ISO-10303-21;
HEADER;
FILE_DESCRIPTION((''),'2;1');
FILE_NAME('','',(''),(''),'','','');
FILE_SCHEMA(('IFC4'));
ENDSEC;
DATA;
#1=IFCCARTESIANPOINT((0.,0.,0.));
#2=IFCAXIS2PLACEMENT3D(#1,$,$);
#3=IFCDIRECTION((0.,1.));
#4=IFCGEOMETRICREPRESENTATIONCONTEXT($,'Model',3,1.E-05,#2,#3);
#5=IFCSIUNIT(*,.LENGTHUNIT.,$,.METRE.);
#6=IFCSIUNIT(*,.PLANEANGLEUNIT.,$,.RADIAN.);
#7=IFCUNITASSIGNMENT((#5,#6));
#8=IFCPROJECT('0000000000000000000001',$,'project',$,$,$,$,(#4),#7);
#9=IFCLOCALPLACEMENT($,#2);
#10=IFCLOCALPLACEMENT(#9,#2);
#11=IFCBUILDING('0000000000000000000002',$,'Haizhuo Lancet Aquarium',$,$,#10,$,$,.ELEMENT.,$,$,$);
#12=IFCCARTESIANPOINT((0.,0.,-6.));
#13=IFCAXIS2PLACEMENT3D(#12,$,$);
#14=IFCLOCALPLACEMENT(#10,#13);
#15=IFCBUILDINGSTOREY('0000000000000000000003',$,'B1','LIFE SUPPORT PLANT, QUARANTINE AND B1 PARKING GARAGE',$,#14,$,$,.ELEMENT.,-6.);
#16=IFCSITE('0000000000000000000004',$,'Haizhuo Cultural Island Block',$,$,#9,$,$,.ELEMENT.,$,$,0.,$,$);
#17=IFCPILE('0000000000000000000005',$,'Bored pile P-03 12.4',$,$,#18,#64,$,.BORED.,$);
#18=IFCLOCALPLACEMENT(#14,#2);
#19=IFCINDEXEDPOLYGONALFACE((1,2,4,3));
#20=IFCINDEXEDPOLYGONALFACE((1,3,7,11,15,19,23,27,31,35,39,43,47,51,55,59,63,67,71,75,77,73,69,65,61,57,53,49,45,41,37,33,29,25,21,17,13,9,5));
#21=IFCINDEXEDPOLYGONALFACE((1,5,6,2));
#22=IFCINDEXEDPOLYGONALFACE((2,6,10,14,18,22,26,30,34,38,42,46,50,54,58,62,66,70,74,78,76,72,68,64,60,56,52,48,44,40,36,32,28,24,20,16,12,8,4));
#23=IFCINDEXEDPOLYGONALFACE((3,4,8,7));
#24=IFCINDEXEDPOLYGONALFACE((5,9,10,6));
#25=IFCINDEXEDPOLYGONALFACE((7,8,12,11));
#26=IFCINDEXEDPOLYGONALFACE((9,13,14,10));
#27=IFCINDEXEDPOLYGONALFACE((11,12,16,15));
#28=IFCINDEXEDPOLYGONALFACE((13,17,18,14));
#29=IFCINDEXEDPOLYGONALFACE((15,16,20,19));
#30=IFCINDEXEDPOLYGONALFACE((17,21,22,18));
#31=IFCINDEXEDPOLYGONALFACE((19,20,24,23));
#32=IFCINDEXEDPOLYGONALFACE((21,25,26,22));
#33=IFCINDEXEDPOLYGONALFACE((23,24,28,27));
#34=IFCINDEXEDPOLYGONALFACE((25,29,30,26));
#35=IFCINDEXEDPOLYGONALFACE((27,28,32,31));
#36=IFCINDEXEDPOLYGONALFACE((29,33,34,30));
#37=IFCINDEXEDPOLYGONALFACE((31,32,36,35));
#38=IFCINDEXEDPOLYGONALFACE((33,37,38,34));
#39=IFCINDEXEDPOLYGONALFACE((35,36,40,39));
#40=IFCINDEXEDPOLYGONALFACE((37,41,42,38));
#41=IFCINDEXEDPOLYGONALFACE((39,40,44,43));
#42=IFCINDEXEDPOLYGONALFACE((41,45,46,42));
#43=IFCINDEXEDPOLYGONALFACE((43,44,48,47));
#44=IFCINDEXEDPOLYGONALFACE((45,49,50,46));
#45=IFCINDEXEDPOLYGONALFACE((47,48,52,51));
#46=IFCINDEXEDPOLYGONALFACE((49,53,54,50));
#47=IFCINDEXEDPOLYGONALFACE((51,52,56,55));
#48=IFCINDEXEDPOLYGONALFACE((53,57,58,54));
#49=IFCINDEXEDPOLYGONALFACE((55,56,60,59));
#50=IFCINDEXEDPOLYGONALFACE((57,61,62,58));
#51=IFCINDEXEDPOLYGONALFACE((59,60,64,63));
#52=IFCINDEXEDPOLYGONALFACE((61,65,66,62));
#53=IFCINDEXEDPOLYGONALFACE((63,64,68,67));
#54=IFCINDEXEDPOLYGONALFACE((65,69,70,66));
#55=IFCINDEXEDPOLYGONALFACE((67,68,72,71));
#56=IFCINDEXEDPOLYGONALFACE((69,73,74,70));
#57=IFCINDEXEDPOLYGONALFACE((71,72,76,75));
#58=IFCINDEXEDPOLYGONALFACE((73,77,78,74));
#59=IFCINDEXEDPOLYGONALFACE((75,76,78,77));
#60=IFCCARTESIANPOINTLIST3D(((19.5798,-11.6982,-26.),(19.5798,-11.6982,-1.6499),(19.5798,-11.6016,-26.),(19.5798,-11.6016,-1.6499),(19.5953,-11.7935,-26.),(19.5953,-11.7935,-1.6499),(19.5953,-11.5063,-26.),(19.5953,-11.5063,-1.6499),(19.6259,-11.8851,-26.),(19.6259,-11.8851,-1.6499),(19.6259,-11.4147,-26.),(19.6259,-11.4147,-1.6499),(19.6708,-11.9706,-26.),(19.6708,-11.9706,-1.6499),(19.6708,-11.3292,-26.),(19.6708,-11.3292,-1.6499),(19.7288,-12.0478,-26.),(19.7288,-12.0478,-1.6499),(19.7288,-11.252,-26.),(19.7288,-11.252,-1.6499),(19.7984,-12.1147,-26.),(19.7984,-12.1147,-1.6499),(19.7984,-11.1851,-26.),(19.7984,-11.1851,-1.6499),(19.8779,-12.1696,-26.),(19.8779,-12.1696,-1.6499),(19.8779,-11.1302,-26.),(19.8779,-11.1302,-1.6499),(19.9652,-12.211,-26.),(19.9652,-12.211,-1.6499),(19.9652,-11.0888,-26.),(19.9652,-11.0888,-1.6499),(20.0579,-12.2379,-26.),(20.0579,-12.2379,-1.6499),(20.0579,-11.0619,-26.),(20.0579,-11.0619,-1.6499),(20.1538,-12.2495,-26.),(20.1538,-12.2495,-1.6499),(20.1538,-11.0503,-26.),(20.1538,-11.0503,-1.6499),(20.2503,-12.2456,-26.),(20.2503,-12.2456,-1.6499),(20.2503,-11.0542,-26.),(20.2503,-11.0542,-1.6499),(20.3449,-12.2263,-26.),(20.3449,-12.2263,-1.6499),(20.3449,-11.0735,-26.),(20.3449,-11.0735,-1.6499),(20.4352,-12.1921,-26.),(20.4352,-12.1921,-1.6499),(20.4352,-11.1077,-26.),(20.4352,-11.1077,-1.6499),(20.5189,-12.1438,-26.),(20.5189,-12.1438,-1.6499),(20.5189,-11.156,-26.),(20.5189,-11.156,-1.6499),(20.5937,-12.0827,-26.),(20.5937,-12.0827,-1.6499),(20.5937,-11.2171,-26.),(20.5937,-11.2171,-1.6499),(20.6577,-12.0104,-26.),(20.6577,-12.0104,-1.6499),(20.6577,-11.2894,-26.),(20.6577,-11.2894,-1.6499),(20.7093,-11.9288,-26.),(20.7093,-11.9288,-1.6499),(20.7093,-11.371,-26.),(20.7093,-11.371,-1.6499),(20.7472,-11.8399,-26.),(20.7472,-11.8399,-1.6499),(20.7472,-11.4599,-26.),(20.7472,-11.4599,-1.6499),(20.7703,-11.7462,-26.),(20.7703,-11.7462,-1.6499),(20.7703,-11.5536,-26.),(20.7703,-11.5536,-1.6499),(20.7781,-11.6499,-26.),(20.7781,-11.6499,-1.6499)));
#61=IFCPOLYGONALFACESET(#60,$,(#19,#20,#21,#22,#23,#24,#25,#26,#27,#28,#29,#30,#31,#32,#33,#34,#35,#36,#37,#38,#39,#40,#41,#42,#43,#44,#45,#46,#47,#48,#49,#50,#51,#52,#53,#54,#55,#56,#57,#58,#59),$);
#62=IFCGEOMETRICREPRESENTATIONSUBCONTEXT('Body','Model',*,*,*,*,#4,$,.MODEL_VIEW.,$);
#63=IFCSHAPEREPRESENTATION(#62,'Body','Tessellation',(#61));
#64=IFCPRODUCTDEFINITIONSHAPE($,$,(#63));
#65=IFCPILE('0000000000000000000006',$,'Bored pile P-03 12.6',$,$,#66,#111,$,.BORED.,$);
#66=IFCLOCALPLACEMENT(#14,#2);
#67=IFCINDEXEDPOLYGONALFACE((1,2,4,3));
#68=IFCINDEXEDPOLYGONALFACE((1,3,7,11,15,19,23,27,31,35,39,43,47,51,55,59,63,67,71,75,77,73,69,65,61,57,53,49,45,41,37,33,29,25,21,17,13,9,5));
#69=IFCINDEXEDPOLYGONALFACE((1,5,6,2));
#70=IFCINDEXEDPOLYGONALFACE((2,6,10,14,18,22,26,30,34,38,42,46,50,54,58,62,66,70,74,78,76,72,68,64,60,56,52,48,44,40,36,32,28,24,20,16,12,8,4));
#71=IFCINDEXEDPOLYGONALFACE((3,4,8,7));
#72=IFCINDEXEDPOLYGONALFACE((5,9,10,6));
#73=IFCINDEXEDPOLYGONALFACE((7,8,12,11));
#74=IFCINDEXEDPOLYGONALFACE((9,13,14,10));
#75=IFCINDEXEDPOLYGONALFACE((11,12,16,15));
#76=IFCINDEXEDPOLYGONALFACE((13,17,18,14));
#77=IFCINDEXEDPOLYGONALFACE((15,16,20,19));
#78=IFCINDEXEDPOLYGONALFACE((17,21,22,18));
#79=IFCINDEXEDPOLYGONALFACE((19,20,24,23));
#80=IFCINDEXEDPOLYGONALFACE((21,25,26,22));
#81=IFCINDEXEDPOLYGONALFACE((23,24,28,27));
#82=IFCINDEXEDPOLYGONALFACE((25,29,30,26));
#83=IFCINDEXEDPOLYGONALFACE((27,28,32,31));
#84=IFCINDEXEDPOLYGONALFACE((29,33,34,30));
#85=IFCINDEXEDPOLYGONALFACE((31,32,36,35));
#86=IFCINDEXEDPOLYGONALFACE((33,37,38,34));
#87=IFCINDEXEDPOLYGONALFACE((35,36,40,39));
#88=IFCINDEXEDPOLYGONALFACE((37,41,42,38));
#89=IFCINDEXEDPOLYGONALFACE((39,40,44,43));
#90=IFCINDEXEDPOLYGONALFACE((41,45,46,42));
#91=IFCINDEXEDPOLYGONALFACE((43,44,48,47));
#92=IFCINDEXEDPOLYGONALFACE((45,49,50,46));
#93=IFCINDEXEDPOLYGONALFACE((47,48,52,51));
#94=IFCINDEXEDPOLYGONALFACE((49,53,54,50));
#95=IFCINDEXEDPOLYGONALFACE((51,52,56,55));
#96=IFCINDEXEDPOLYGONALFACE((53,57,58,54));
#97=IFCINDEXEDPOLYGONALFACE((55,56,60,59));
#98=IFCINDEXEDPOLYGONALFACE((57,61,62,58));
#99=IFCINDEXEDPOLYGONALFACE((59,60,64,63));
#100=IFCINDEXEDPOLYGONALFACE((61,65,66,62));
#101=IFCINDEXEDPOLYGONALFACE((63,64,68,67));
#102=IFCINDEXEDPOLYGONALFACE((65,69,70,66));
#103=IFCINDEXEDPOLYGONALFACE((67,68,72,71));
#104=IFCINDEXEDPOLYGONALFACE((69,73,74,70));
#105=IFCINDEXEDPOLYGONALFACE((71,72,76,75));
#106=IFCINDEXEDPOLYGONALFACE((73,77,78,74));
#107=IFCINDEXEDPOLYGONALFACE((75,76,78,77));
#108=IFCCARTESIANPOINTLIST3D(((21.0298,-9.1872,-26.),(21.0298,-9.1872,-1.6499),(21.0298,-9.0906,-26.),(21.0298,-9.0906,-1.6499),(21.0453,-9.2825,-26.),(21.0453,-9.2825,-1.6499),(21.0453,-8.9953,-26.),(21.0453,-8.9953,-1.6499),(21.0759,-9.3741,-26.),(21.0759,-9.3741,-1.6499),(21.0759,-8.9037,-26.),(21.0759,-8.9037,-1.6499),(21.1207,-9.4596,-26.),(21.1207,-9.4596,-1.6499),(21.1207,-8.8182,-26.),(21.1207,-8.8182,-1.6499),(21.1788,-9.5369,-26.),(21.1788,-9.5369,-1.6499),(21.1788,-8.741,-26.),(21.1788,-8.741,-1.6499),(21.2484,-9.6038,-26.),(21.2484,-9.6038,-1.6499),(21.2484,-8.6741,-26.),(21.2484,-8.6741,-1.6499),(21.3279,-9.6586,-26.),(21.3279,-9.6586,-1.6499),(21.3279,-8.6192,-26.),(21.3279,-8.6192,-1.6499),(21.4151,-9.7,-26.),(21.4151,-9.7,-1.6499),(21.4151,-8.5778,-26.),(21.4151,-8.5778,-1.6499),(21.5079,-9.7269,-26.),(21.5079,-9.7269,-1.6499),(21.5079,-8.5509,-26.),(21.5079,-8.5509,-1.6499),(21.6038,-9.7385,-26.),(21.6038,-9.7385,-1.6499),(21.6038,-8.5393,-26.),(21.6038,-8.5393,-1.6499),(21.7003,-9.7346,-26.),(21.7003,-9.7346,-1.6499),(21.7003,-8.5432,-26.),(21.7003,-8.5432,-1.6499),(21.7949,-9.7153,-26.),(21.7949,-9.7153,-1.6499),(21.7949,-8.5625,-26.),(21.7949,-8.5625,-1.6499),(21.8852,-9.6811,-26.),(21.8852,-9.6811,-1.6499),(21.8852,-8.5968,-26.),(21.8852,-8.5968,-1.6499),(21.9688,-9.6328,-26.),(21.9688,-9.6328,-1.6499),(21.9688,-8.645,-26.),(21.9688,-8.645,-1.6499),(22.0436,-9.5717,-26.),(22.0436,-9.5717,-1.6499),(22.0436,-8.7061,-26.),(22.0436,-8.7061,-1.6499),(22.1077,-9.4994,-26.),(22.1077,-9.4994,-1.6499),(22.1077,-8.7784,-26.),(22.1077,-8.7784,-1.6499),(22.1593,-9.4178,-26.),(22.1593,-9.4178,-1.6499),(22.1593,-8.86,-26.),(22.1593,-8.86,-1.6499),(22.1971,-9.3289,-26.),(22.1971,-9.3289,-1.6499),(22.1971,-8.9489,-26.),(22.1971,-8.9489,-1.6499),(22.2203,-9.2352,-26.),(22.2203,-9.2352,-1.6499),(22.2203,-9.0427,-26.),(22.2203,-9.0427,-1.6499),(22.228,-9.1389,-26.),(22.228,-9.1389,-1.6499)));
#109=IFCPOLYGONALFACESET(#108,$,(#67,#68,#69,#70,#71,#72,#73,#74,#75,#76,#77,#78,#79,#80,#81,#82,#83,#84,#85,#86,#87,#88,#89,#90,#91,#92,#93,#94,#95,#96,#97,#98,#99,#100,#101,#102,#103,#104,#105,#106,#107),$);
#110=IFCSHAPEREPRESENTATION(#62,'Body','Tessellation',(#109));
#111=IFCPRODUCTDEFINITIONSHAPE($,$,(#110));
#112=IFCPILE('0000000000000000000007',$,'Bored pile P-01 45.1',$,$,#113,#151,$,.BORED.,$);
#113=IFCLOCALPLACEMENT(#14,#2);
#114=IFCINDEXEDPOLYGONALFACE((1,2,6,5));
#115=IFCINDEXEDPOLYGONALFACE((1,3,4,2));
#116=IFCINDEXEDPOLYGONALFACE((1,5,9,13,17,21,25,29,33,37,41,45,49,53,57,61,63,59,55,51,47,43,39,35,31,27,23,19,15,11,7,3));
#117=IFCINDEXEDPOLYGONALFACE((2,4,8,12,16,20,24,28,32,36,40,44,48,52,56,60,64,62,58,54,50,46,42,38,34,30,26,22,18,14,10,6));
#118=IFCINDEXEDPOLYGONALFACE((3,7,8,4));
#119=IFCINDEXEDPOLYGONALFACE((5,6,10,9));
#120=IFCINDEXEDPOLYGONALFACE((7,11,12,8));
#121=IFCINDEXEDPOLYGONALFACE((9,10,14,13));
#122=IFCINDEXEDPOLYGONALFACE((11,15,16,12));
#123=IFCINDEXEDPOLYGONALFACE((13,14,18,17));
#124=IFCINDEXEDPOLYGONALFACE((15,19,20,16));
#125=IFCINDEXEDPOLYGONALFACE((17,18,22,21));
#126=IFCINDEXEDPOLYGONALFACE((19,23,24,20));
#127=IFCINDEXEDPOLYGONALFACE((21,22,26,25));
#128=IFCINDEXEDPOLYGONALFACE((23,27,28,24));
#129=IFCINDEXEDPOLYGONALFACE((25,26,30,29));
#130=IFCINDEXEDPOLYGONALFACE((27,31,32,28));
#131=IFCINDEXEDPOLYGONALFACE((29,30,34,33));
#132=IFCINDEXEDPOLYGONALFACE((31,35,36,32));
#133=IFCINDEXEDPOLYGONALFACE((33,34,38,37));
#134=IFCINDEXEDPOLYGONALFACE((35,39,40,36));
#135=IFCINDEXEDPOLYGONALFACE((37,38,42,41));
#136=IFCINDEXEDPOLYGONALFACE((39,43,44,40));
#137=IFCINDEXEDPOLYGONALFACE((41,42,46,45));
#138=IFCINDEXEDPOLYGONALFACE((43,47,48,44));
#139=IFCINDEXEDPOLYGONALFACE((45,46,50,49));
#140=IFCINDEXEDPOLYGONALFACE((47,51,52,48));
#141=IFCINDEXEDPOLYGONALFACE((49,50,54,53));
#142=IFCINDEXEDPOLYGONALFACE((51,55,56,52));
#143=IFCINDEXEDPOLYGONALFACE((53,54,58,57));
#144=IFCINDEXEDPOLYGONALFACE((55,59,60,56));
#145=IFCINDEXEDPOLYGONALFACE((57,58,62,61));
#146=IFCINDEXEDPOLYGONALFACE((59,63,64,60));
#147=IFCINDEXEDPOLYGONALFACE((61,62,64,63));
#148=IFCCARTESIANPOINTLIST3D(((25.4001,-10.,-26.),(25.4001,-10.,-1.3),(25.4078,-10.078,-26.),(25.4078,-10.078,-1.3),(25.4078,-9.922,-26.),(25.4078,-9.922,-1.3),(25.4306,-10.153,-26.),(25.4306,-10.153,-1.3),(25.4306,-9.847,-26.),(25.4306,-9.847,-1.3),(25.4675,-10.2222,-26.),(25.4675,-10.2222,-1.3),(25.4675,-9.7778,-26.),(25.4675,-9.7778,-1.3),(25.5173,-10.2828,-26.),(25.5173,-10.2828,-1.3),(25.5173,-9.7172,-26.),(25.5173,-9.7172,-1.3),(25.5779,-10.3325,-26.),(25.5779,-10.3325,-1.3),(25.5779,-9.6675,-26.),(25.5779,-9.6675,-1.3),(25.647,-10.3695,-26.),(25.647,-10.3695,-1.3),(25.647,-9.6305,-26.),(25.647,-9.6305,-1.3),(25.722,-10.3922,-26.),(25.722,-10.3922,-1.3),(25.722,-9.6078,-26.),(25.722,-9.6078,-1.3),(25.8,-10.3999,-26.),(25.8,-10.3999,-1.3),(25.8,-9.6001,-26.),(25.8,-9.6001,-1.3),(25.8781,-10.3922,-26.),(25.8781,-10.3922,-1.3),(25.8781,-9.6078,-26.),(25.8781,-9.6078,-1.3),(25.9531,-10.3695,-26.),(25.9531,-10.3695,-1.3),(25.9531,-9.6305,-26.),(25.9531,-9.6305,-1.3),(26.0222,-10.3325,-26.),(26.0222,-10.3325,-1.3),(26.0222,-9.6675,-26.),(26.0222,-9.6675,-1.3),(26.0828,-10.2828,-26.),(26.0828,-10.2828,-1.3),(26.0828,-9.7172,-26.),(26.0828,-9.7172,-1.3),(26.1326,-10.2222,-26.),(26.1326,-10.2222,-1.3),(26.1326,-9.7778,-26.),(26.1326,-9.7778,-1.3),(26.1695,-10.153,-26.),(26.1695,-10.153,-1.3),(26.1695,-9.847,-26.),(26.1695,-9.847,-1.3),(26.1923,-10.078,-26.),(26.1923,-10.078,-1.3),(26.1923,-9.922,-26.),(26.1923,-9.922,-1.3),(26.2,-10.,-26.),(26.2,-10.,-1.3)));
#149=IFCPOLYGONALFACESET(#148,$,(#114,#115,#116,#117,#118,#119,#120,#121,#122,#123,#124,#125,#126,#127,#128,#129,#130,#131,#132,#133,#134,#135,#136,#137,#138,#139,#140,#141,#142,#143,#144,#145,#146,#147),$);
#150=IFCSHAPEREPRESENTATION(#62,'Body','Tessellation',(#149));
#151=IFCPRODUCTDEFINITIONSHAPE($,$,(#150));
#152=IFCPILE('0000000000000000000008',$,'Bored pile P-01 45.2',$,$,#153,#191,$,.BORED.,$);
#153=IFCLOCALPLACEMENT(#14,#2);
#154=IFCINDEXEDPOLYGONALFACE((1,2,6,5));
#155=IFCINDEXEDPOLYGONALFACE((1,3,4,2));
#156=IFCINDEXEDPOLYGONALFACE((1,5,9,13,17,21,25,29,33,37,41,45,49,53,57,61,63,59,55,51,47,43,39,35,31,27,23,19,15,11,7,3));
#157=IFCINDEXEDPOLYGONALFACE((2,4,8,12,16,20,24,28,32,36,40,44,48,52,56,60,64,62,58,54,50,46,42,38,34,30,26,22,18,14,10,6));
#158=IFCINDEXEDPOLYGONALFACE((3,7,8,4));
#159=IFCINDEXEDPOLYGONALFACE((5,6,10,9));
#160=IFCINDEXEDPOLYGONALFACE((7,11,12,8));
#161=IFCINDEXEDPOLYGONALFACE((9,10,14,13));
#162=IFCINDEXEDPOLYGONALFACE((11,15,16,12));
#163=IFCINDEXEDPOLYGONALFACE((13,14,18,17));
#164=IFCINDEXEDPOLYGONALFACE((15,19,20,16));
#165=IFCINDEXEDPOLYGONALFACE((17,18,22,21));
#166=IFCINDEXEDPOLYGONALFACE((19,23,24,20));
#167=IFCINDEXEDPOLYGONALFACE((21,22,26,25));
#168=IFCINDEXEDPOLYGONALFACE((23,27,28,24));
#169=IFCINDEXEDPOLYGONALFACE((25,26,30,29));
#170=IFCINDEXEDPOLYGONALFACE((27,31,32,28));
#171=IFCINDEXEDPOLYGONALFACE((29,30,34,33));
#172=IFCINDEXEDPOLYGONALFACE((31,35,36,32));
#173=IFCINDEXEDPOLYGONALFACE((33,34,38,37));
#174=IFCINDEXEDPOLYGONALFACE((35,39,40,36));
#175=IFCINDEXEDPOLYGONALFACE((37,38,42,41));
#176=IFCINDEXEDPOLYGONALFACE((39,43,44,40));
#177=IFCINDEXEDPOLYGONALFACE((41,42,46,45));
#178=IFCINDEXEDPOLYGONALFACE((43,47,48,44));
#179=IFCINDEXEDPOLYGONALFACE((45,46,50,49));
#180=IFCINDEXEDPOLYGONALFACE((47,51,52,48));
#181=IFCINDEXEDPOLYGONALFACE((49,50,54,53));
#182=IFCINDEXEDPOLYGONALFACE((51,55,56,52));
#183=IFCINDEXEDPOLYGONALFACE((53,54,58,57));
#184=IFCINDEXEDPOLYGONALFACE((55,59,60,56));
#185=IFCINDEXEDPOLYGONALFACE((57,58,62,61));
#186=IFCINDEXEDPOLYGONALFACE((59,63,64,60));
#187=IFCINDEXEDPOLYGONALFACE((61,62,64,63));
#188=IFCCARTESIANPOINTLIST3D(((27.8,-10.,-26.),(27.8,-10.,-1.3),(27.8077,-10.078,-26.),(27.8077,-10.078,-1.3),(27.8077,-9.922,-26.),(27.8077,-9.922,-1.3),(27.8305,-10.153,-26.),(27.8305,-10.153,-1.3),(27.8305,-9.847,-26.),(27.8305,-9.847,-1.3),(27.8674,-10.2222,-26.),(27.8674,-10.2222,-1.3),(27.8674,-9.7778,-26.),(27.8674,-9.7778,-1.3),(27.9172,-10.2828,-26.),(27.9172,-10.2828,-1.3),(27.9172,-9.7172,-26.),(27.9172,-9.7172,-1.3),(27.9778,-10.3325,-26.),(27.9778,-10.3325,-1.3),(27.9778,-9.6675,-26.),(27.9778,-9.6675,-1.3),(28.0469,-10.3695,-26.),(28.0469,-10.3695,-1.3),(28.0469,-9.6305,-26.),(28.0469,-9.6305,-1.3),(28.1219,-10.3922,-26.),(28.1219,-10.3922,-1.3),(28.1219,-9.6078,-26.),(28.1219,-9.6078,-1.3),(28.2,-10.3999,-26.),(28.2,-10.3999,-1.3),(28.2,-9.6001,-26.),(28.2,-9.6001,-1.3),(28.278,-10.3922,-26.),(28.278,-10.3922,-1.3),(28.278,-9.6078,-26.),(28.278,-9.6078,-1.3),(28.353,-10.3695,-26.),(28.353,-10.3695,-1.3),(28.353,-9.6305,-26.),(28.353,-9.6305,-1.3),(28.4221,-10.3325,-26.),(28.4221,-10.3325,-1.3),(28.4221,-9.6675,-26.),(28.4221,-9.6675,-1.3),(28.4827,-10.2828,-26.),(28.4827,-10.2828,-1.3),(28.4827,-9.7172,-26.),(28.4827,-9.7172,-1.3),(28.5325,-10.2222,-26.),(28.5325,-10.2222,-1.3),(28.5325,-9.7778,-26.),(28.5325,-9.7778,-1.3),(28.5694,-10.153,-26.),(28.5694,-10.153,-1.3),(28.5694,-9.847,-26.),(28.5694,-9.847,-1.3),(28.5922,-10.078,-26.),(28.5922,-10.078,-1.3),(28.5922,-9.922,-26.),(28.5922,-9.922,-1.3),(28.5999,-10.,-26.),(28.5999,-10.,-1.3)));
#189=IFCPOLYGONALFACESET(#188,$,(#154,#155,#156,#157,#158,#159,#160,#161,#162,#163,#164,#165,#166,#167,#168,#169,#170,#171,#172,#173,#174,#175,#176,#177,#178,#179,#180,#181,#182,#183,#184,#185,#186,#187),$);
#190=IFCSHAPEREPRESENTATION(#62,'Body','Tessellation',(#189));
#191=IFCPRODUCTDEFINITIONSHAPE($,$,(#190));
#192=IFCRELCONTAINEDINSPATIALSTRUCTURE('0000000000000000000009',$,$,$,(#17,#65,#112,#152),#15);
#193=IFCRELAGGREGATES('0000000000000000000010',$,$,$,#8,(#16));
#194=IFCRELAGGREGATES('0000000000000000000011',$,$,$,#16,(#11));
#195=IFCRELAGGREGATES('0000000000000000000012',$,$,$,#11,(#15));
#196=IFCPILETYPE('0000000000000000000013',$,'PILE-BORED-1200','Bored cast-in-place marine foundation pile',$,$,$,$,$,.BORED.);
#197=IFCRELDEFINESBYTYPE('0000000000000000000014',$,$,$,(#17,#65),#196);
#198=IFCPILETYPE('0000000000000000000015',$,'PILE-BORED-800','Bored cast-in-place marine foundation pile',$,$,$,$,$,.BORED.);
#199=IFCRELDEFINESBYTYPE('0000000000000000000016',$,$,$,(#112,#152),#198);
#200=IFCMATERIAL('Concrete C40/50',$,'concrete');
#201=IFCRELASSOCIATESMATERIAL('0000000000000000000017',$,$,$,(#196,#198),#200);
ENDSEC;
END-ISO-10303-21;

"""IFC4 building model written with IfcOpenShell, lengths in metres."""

from ifc_helpers import new_model, si_unit, direction, frame, origin, origin_2d, place, context, subcontext, project, spatial, circle, extrude, material, material_profile, profile_set, type_object, element, save


model = new_model("IFC4")

# Units and contexts
model_context = context("Model", 3, precision=1e-05, world=origin(), true_north=direction((0.0, 1.0)))
body_context = subcontext(model_context, "Body", "Model", "MODEL_VIEW")
ifc_project = project(units=[si_unit("LENGTHUNIT", "METRE"), si_unit("PLANEANGLEUNIT", "RADIAN")], contexts=[model_context])

# Site, building, storey
site_placement = place(None, origin())
site = spatial("IfcSite", under=ifc_project, at=site_placement, Name="Haizhuo Cultural Island Block", CompositionType="ELEMENT", RefElevation=0.0)
building_placement = place(site_placement, origin())
building = spatial("IfcBuilding", under=site, at=building_placement, Name="Haizhuo Lancet Aquarium", CompositionType="ELEMENT")
storey_placement = place(building_placement, frame((0.0, 0.0, -6.0)))
storey = spatial("IfcBuildingStorey", under=building, at=storey_placement, Name="B1", Description="LIFE SUPPORT PLANT, QUARANTINE AND B1 PARKING GARAGE", CompositionType="ELEMENT", Elevation=-6.0)

# Shared definitions
ifc_material_1 = material(Name="Concrete C40/50", Category="concrete")

# Piles
ifc_material_profile_1 = material_profile(ifc_material_1, circle(Radius=0.6001, at=origin_2d()), Name="PILE-1200")
ifc_profile_set_1 = profile_set([ifc_material_profile_1], Name="Concrete C40/50")
pile_type_1 = type_object("IfcPileType", Name="PILE-BORED-1200", Description="Bored cast-in-place marine foundation pile", PredefinedType="BORED", material=ifc_profile_set_1)
for number, where, z_axis, x_axis, name in (
    (1, (20.178, -11.6499, -1.6499), (0.0, 0.0, -1.0), (1.0, 0.0, 0.0), "Bored pile P-03 12.4"),
    (2, (21.6279, -9.1389, -1.6499), (0.0, 0.0, -1.0), (1.0, 0.0, 0.0), "Bored pile P-03 12.6"),
):
    element("IfcPile", number, at=place(storey_placement, frame(where, z_axis=z_axis, x_axis=x_axis)), inside=storey, type_object=pile_type_1, Name=name, PredefinedType="BORED", context=body_context, shape_type="SweptSolid", body=[
        extrude(circle(Radius=0.6001, at=origin_2d()), origin(), (0.0, 0.0, 1.0), 24.3501),
    ])
ifc_material_profile_2 = material_profile(ifc_material_1, circle(Radius=0.3999, at=origin_2d()), Name="PILE-800")
ifc_profile_set_2 = profile_set([ifc_material_profile_2], Name="Concrete C40/50")
pile_type_2 = type_object("IfcPileType", Name="PILE-BORED-800", Description="Bored cast-in-place marine foundation pile", PredefinedType="BORED", material=ifc_profile_set_2)
for number, where, z_axis, x_axis, name in (
    (3, (25.8, -10.0, -1.3), (0.0, 0.0, -1.0), (1.0, 0.0, 0.0), "Bored pile P-01 45.1"),
    (4, (28.2, -10.0, -1.3), (0.0, 0.0, -1.0), (1.0, 0.0, 0.0), "Bored pile P-01 45.2"),
):
    element("IfcPile", number, at=place(storey_placement, frame(where, z_axis=z_axis, x_axis=x_axis)), inside=storey, type_object=pile_type_2, Name=name, PredefinedType="BORED", context=body_context, shape_type="SweptSolid", body=[
        extrude(circle(Radius=0.3999, at=origin_2d()), origin(), (0.0, 0.0, 1.0), 24.7),
    ])

save(model, "model.ifc")
